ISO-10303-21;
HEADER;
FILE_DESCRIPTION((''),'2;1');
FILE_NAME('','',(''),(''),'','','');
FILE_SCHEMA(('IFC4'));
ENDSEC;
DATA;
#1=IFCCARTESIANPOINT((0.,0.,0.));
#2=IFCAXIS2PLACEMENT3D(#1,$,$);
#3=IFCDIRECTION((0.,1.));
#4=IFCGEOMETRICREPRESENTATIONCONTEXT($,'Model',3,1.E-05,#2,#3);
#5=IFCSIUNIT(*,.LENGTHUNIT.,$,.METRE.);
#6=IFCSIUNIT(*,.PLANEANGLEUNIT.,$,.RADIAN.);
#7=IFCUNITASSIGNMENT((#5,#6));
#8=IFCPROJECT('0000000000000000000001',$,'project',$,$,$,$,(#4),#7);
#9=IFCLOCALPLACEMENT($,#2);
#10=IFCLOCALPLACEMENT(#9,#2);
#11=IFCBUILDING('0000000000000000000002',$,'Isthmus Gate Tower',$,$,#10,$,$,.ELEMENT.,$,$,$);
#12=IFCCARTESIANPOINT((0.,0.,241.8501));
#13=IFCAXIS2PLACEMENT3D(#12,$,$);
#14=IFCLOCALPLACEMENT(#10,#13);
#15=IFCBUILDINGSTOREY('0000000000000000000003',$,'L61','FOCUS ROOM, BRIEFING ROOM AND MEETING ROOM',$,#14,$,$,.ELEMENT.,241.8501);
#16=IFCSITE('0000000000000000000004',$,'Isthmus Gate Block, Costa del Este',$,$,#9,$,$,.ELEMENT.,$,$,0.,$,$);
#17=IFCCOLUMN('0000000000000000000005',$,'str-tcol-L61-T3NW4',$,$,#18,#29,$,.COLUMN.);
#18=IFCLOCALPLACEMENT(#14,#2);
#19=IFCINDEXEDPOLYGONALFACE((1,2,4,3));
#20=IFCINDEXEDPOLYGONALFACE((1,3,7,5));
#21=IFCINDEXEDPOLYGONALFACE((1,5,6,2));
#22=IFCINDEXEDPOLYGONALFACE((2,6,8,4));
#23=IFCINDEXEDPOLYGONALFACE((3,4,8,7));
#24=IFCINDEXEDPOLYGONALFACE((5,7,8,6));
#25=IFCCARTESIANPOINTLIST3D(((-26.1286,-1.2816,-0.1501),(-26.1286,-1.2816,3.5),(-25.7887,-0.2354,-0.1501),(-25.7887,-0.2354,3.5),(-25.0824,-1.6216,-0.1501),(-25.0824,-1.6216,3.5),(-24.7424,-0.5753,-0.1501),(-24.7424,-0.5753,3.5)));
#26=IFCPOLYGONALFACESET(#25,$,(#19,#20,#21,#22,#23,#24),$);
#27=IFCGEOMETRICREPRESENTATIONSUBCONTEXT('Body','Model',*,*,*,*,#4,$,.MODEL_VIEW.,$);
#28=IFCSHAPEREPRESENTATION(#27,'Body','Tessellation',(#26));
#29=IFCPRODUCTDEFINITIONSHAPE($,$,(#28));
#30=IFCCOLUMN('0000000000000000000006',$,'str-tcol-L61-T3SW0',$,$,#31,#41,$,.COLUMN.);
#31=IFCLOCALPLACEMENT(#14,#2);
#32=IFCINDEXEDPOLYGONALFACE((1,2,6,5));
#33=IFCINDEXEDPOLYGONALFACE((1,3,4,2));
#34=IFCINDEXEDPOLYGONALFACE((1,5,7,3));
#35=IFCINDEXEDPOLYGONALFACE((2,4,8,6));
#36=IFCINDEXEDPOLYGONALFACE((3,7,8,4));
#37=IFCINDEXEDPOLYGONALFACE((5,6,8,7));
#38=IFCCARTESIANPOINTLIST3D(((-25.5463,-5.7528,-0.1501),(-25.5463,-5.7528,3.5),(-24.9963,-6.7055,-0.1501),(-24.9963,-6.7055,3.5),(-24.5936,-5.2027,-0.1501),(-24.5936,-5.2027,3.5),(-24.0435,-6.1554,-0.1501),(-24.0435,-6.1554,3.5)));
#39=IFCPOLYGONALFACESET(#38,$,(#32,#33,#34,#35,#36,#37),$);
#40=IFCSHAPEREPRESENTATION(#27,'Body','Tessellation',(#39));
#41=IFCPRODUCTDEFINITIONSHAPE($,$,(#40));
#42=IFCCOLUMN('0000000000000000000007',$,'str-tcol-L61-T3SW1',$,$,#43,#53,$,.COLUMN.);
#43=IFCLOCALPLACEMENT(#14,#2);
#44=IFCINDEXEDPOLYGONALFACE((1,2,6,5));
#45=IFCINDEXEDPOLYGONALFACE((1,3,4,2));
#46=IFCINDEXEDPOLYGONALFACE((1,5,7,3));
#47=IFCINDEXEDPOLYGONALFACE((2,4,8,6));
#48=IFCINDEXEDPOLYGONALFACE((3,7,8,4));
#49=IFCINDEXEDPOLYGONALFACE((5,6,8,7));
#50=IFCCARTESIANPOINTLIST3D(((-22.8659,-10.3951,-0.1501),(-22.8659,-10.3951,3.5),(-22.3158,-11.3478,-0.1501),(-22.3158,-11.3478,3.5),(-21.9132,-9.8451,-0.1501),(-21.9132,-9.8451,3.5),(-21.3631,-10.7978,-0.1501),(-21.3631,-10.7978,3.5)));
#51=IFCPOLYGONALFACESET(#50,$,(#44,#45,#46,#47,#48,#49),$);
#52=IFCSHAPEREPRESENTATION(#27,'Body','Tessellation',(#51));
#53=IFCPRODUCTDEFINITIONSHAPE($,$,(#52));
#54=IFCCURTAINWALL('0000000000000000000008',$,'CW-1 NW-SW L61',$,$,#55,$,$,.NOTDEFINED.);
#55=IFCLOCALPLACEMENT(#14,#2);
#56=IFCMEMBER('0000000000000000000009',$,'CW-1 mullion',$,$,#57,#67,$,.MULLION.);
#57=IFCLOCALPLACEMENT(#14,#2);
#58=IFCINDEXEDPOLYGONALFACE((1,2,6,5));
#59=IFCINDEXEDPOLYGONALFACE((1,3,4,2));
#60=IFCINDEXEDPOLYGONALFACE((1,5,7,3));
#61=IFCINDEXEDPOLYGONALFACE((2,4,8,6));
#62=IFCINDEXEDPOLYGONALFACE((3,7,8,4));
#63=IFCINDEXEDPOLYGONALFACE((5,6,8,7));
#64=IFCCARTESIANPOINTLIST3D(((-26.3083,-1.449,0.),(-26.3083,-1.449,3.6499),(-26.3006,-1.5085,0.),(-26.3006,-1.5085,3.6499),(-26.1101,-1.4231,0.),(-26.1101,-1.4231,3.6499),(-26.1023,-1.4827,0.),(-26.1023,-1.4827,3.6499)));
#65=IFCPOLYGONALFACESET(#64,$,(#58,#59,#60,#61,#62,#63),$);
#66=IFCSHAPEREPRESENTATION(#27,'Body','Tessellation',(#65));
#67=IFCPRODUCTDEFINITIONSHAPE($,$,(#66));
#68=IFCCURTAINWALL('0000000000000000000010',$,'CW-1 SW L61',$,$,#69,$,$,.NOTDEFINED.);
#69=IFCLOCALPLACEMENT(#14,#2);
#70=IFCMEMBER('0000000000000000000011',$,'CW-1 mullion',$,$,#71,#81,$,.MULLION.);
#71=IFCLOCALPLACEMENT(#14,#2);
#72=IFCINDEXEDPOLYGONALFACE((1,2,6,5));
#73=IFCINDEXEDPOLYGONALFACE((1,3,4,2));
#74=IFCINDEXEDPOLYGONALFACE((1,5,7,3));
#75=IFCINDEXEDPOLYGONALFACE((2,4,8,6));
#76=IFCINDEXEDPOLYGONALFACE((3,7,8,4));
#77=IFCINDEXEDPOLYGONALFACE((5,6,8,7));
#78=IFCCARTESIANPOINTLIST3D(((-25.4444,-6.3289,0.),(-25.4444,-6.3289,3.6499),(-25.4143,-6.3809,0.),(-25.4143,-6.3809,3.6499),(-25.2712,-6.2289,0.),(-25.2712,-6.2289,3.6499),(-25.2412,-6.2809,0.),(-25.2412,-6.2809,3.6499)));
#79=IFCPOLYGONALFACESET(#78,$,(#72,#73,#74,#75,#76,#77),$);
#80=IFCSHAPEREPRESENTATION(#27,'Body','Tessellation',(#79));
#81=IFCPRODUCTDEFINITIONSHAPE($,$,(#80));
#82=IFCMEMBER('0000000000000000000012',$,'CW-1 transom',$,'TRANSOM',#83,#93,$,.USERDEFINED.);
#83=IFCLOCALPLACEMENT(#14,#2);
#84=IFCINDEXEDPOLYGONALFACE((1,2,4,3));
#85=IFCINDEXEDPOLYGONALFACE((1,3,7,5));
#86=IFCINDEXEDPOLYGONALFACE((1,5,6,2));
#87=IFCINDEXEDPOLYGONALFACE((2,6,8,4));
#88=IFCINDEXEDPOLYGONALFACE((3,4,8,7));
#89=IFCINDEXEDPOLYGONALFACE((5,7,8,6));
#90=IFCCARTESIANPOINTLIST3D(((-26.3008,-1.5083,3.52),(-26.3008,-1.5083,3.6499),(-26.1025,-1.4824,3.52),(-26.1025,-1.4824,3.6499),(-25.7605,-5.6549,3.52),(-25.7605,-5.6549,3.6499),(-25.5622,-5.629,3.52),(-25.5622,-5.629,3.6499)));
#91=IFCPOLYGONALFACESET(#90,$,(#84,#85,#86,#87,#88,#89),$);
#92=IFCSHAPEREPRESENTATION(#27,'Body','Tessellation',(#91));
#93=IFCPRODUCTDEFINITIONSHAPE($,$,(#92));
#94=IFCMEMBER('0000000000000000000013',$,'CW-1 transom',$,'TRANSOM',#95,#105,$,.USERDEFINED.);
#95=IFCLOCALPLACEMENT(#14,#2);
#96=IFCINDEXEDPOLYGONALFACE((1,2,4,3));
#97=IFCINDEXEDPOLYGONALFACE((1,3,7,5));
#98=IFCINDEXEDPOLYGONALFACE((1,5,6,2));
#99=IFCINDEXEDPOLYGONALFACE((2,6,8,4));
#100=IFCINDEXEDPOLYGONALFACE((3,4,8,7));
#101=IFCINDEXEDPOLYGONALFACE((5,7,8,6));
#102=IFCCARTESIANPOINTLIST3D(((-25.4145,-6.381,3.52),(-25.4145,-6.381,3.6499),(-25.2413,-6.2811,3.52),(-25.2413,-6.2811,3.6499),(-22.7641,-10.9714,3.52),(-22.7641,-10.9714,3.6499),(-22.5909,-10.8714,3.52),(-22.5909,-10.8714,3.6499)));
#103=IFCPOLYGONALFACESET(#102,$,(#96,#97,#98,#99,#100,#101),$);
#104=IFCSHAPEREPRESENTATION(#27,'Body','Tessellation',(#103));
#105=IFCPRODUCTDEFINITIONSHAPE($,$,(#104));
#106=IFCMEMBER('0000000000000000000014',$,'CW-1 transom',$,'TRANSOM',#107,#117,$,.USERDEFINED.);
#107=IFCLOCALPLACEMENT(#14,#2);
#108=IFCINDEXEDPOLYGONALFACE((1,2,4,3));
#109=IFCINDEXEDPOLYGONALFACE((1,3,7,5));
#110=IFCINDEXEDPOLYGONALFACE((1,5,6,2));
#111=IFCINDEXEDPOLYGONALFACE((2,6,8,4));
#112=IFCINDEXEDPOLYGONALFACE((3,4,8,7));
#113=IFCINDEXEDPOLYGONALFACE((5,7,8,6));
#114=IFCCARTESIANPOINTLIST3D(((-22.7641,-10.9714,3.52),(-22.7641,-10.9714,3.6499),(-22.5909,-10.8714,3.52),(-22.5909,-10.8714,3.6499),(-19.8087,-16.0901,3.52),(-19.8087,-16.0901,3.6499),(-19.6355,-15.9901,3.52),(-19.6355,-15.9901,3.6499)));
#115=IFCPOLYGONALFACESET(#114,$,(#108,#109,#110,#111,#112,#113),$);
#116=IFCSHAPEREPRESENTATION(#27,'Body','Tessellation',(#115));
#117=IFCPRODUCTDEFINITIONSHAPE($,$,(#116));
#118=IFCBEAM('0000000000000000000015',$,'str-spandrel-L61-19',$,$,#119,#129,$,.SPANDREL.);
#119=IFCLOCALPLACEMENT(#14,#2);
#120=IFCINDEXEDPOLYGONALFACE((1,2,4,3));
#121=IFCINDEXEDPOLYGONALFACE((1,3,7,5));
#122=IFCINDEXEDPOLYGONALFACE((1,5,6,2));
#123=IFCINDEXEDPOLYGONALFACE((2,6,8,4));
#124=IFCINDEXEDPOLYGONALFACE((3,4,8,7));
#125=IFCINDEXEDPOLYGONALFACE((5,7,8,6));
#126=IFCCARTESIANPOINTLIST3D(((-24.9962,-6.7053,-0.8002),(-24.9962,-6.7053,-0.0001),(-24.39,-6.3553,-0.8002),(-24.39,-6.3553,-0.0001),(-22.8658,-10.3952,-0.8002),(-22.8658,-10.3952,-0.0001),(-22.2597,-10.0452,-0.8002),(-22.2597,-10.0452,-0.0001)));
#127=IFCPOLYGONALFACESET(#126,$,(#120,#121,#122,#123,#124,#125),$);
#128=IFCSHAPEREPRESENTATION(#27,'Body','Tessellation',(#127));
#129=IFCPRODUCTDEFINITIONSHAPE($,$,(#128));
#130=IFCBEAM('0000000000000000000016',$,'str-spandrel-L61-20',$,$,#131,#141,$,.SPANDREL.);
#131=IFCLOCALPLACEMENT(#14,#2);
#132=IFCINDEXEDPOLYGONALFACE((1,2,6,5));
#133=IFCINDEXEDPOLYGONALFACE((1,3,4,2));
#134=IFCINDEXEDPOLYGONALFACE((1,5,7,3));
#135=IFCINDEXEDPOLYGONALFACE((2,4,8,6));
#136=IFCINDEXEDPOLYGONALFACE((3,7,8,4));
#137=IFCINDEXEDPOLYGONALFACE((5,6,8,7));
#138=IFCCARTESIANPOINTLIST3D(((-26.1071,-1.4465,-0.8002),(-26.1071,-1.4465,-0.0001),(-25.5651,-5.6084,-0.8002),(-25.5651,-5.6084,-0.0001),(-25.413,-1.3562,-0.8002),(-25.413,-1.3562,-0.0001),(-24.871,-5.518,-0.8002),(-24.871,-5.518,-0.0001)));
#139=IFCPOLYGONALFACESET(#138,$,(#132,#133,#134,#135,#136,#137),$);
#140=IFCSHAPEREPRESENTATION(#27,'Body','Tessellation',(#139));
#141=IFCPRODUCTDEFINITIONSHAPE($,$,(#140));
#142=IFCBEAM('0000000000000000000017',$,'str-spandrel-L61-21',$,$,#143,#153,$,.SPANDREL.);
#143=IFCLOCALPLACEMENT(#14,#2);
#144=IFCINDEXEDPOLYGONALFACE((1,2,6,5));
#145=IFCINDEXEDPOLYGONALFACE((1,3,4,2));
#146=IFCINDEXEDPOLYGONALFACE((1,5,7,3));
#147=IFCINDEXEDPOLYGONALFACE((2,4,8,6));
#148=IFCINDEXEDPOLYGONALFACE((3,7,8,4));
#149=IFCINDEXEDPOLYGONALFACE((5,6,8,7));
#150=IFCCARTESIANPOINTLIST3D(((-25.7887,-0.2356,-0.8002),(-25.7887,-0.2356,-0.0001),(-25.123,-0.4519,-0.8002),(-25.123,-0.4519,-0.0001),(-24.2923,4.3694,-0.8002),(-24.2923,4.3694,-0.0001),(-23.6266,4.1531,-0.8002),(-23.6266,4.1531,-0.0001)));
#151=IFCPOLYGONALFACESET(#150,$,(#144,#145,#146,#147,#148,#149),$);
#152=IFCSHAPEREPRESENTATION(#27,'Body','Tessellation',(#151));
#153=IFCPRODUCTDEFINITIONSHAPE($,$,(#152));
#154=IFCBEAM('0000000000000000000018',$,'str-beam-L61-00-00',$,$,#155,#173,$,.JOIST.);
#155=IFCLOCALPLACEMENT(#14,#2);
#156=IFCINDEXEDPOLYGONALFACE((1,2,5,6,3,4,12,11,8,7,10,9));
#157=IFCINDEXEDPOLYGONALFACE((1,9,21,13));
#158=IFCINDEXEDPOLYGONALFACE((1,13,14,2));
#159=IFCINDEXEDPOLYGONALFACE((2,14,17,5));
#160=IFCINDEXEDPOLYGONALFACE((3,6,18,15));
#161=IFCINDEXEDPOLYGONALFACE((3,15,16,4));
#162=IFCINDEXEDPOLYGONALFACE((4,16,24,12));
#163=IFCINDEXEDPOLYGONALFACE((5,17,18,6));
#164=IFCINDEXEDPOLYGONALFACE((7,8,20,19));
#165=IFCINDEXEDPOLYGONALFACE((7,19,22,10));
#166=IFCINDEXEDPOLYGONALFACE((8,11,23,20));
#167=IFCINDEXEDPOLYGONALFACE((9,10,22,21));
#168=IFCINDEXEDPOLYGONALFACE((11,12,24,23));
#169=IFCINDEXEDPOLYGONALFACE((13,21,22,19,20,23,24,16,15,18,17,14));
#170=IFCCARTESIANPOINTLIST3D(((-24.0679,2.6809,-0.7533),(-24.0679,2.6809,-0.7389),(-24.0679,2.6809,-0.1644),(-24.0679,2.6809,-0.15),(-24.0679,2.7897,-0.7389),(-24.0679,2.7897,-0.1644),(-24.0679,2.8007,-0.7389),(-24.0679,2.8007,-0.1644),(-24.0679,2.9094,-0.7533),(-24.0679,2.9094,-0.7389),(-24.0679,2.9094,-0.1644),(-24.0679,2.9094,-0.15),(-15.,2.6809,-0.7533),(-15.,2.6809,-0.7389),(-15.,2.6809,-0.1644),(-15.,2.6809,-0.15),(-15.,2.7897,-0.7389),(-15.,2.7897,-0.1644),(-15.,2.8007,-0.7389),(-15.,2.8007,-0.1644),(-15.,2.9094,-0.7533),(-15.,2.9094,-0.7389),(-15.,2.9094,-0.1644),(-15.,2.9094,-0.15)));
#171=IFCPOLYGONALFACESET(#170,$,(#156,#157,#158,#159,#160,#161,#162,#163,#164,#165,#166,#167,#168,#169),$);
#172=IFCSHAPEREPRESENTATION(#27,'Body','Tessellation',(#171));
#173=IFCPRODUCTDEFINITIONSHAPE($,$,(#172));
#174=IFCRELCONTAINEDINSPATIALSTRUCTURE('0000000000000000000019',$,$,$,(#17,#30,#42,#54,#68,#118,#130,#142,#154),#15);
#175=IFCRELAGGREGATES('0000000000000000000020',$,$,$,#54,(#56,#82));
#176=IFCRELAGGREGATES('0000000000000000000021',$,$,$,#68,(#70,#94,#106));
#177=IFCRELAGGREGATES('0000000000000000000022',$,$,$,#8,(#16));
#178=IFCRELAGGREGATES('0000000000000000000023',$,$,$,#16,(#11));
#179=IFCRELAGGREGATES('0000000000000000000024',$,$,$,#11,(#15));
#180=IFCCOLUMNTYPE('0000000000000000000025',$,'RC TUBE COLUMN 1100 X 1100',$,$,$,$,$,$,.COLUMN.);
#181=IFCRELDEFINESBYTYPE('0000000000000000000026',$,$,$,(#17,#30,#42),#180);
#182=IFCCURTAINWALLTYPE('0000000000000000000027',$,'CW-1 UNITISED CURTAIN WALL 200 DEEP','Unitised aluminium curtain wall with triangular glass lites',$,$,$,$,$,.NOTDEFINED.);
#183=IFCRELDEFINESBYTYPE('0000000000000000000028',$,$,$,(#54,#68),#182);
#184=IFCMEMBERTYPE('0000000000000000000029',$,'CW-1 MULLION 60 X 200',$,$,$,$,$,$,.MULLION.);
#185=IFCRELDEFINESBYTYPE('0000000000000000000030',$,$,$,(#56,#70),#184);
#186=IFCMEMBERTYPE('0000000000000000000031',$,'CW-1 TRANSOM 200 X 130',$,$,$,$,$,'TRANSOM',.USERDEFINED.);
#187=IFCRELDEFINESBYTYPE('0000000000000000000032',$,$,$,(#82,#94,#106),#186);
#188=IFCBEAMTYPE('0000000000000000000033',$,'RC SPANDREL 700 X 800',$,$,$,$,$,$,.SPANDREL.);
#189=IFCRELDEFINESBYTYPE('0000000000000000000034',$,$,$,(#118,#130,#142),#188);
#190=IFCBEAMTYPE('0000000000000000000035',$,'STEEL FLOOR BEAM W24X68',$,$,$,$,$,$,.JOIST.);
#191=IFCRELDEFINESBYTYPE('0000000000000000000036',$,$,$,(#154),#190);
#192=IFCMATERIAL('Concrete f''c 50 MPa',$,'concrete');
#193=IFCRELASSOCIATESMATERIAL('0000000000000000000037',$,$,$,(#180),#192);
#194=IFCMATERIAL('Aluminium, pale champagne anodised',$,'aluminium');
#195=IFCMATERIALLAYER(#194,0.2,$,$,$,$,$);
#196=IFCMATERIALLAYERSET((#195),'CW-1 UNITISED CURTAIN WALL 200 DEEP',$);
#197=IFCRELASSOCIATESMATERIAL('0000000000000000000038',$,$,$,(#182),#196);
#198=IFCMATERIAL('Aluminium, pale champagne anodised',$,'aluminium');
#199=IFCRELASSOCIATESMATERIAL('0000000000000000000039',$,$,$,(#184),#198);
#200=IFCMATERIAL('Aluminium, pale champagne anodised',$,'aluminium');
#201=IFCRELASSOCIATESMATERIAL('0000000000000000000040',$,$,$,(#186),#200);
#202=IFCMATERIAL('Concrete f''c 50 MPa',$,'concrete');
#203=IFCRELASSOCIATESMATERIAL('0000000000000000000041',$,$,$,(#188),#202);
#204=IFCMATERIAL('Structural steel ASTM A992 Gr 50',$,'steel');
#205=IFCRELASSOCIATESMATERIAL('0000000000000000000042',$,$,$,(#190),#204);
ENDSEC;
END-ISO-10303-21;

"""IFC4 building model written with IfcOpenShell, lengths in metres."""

from ifc_helpers import new_model, si_unit, direction, frame, origin, origin_2d, place, context, subcontext, project, spatial, rectangle, i_section, extrude, material, layer, layer_set, material_profile, profile_set, type_object, element, aggregate, save


model = new_model("IFC4")

# Units and contexts
model_context = context("Model", 3, precision=1e-05, world=origin(), true_north=direction((0.0, 1.0)))
body_context = subcontext(model_context, "Body", "Model", "MODEL_VIEW")
ifc_project = project(units=[si_unit("LENGTHUNIT", "METRE"), si_unit("PLANEANGLEUNIT", "RADIAN")], contexts=[model_context])

# Site, building, storey
site_placement = place(None, origin())
site = spatial("IfcSite", under=ifc_project, at=site_placement, Name="Isthmus Gate Block, Costa del Este", CompositionType="ELEMENT", RefElevation=0.0)
building_placement = place(site_placement, origin())
building = spatial("IfcBuilding", under=site, at=building_placement, Name="Isthmus Gate Tower", CompositionType="ELEMENT")
storey_placement = place(building_placement, frame((0.0, 0.0, 241.8501)))
storey = spatial("IfcBuildingStorey", under=building, at=storey_placement, Name="L61", Description="FOCUS ROOM, BRIEFING ROOM AND MEETING ROOM", CompositionType="ELEMENT", Elevation=241.8501)

# Columns
ifc_material_1 = material(Name="Concrete f'c 50 MPa", Category="concrete")
ifc_material_profile_1 = material_profile(ifc_material_1, rectangle(XDim=1.1001, YDim=1.1001, at=origin_2d()), Name="RC 1100X1100")
ifc_profile_set_1 = profile_set([ifc_material_profile_1], Name="Concrete f'c 50 MPa")
column_type = type_object("IfcColumnType", Name="RC TUBE COLUMN 1100 X 1100", PredefinedType="COLUMN", material=ifc_profile_set_1)
for number, where, z_axis, x_axis, name in (
    (1, (-25.4355, -0.9285, -0.1501), (0.0, 0.0, 1.0), (-0.309017, -0.951057, 0.0), "str-tcol-L61-T3NW4"),
    (2, (-24.7949, -5.9541, -0.1501), (0.0, 0.0, 1.0), (0.5, -0.866025, 0.0), "str-tcol-L61-T3SW0"),
    (3, (-22.1145, -10.5964, -0.1501), (0.0, 0.0, 1.0), (0.5, -0.866025, 0.0), "str-tcol-L61-T3SW1"),
):
    element("IfcColumn", number, at=place(storey_placement, frame(where, z_axis=z_axis, x_axis=x_axis)), inside=storey, type_object=column_type, Name=name, PredefinedType="COLUMN", context=body_context, shape_type="SweptSolid", body=[
        extrude(rectangle(XDim=1.1001, YDim=1.1001, at=origin_2d()), origin(), (0.0, 0.0, 1.0), 3.6501),
    ])

# Curtain walls, members
ifc_material_2 = material(Name="Aluminium, pale champagne anodised", Category="aluminium")
ifc_layer_1 = layer(ifc_material_2, 0.2)
ifc_layer_set_1 = layer_set([ifc_layer_1], Name="CW-1 UNITISED CURTAIN WALL 200 DEEP")
curtain_wall_type = type_object("IfcCurtainWallType", Name="CW-1 UNITISED CURTAIN WALL 200 DEEP", Description="Unitised aluminium curtain wall with triangular glass lites", PredefinedType="NOTDEFINED", material=ifc_layer_set_1)
curtain_wall_1_placement = place(storey_placement, origin())
curtain_wall_1 = element("IfcCurtainWall", 4, at=curtain_wall_1_placement, inside=storey, type_object=curtain_wall_type, Name="CW-1 NW-SW L61", PredefinedType="NOTDEFINED")
ifc_material_3 = material(Name="Aluminium, pale champagne anodised", Category="aluminium")
ifc_material_profile_2 = material_profile(ifc_material_3, rectangle(XDim=0.0601, YDim=0.2, at=origin_2d()), Name="60x200")
ifc_profile_set_2 = profile_set([ifc_material_profile_2], Name="Aluminium, pale champagne anodised")
member_type_1 = type_object("IfcMemberType", Name="CW-1 MULLION 60 X 200", PredefinedType="MULLION", material=ifc_profile_set_2)
member_1_placement = place(storey_placement, frame((-26.2053, -1.4658, 0.0), z_axis=(0.0, 0.0, 1.0), x_axis=(0.129165, -0.991623, 0.0)))
member_1 = element("IfcMember", 5, at=member_1_placement, type_object=member_type_1, Name="CW-1 mullion", PredefinedType="MULLION", context=body_context, shape_type="SweptSolid", body=[
    extrude(rectangle(XDim=0.0601, YDim=0.2, at=origin_2d()), origin(), (0.0, 0.0, 1.0), 3.6499),
])
curtain_wall_2_placement = place(storey_placement, origin())
curtain_wall_2 = element("IfcCurtainWall", 6, at=curtain_wall_2_placement, inside=storey, type_object=curtain_wall_type, Name="CW-1 SW L61", PredefinedType="NOTDEFINED")
member_2_placement = place(storey_placement, frame((-25.3428, -6.3049, 0.0), z_axis=(0.0, 0.0, 1.0), x_axis=(0.5, -0.866025, 0.0)))
member_2 = element("IfcMember", 7, at=member_2_placement, type_object=member_type_1, Name="CW-1 mullion", PredefinedType="MULLION", context=body_context, shape_type="SweptSolid", body=[
    extrude(rectangle(XDim=0.0601, YDim=0.2, at=origin_2d()), origin(), (0.0, 0.0, 1.0), 3.6499),
])

# Members
ifc_material_4 = material(Name="Aluminium, pale champagne anodised", Category="aluminium")
ifc_material_profile_3 = material_profile(ifc_material_4, rectangle(XDim=0.2, YDim=0.1299, at=origin_2d()), Name="200x130")
ifc_profile_set_3 = profile_set([ifc_material_profile_3], Name="Aluminium, pale champagne anodised")
member_type_2 = type_object("IfcMemberType", Name="CW-1 TRANSOM 200 X 130", ElementType="TRANSOM", PredefinedType="USERDEFINED", material=ifc_profile_set_3)
member_3_placement = place(storey_placement, frame((-26.2017, -1.4954, 3.585), z_axis=(0.129207, -0.991618, 0.0), x_axis=(0.991618, 0.129207, 0.0)))
member_3 = element("IfcMember", 8, at=member_3_placement, type_object=member_type_2, Name="CW-1 transom", ObjectType="TRANSOM", PredefinedType="USERDEFINED", context=body_context, shape_type="SweptSolid", body=[
    extrude(rectangle(XDim=0.2, YDim=0.1299, at=origin_2d()), origin(), (0.0, 0.0, 1.0), 4.1816),
])
member_4_placement = place(storey_placement, frame((-25.3279, -6.3311, 3.585), z_axis=(0.500023, -0.866012, 0.0), x_axis=(0.866012, 0.500023, 0.0)))
member_4 = element("IfcMember", 9, at=member_4_placement, type_object=member_type_2, Name="CW-1 transom", ObjectType="TRANSOM", PredefinedType="USERDEFINED", context=body_context, shape_type="SweptSolid", body=[
    extrude(rectangle(XDim=0.2, YDim=0.1299, at=origin_2d()), origin(), (0.0, 0.0, 1.0), 5.3005),
])
member_5_placement = place(storey_placement, frame((-22.6775, -10.9214, 3.585), z_axis=(0.500008, -0.86602, 0.0), x_axis=(0.86602, 0.500008, 0.0)))
member_5 = element("IfcMember", 10, at=member_5_placement, type_object=member_type_2, Name="CW-1 transom", ObjectType="TRANSOM", PredefinedType="USERDEFINED", context=body_context, shape_type="SweptSolid", body=[
    extrude(rectangle(XDim=0.2, YDim=0.1299, at=origin_2d()), origin(), (0.0, 0.0, 1.0), 5.9106),
])

# Beams
ifc_material_5 = material(Name="Concrete f'c 50 MPa", Category="concrete")
ifc_material_profile_4 = material_profile(ifc_material_5, rectangle(XDim=0.7, YDim=0.8, at=origin_2d()), Name="RC 700X800")
ifc_profile_set_4 = profile_set([ifc_material_profile_4], Name="Concrete f'c 50 MPa")
beam_type_1 = type_object("IfcBeamType", Name="RC SPANDREL 700 X 800", PredefinedType="SPANDREL", material=ifc_profile_set_4)
beam_1_placement = place(storey_placement, frame((-22.5627, -10.2202, -0.4001), z_axis=(-0.499997, 0.866027, 0.0), x_axis=(-0.866027, -0.499997, 0.0)))
element("IfcBeam", 11, at=beam_1_placement, inside=storey, type_object=beam_type_1, Name="str-spandrel-L61-19", PredefinedType="SPANDREL", context=body_context, shape_type="SweptSolid", body=[
    extrude(rectangle(XDim=0.7, YDim=0.8, at=origin_2d()), origin(), (0.0, 0.0, 1.0), 4.2607),
])
beam_2_placement = place(storey_placement, frame((-25.218, -5.5632, -0.4001), z_axis=(-0.129138, 0.991627, 0.0), x_axis=(-0.991627, -0.129138, 0.0)))
element("IfcBeam", 12, at=beam_2_placement, inside=storey, type_object=beam_type_1, Name="str-spandrel-L61-20", PredefinedType="SPANDREL", context=body_context, shape_type="SweptSolid", body=[
    extrude(rectangle(XDim=0.7, YDim=0.8, at=origin_2d()), origin(), (0.0, 0.0, 1.0), 4.197),
])
beam_3_placement = place(storey_placement, frame((-25.4558, -0.3438, -0.4001), z_axis=(0.309034, 0.951051, 0.0), x_axis=(-0.951051, 0.309034, 0.0)))
element("IfcBeam", 13, at=beam_3_placement, inside=storey, type_object=beam_type_1, Name="str-spandrel-L61-21", PredefinedType="SPANDREL", context=body_context, shape_type="SweptSolid", body=[
    extrude(rectangle(XDim=0.7, YDim=0.8, at=origin_2d()), origin(), (0.0, 0.0, 1.0), 4.842),
])
ifc_material_6 = material(Name="Structural steel ASTM A992 Gr 50", Category="steel")
ifc_material_profile_5 = material_profile(ifc_material_6, i_section(OverallWidth=0.2285, OverallDepth=0.6033, WebThickness=0.011, FlangeThickness=0.0144, at=origin_2d()), Name="W24X68")
ifc_profile_set_5 = profile_set([ifc_material_profile_5], Name="Structural steel ASTM A992 Gr 50")
beam_type_2 = type_object("IfcBeamType", Name="STEEL FLOOR BEAM W24X68", PredefinedType="JOIST", material=ifc_profile_set_5)
beam_4_placement = place(storey_placement, frame((-24.0679, 2.7952, -0.4517), z_axis=(1.0, 0.0, 0.0), x_axis=(0.0, 1.0, 0.0)))
element("IfcBeam", 14, at=beam_4_placement, inside=storey, type_object=beam_type_2, Name="str-beam-L61-00-00", PredefinedType="JOIST", context=body_context, shape_type="SweptSolid", body=[
    extrude(i_section(OverallWidth=0.2285, OverallDepth=0.6033, WebThickness=0.011, FlangeThickness=0.0144, at=origin_2d()), origin(), (0.0, 0.0, 1.0), 9.0679),
])

aggregate(curtain_wall_1, [member_1, member_3])
aggregate(curtain_wall_2, [member_2, member_4, member_5])

save(model, "model.ifc")
